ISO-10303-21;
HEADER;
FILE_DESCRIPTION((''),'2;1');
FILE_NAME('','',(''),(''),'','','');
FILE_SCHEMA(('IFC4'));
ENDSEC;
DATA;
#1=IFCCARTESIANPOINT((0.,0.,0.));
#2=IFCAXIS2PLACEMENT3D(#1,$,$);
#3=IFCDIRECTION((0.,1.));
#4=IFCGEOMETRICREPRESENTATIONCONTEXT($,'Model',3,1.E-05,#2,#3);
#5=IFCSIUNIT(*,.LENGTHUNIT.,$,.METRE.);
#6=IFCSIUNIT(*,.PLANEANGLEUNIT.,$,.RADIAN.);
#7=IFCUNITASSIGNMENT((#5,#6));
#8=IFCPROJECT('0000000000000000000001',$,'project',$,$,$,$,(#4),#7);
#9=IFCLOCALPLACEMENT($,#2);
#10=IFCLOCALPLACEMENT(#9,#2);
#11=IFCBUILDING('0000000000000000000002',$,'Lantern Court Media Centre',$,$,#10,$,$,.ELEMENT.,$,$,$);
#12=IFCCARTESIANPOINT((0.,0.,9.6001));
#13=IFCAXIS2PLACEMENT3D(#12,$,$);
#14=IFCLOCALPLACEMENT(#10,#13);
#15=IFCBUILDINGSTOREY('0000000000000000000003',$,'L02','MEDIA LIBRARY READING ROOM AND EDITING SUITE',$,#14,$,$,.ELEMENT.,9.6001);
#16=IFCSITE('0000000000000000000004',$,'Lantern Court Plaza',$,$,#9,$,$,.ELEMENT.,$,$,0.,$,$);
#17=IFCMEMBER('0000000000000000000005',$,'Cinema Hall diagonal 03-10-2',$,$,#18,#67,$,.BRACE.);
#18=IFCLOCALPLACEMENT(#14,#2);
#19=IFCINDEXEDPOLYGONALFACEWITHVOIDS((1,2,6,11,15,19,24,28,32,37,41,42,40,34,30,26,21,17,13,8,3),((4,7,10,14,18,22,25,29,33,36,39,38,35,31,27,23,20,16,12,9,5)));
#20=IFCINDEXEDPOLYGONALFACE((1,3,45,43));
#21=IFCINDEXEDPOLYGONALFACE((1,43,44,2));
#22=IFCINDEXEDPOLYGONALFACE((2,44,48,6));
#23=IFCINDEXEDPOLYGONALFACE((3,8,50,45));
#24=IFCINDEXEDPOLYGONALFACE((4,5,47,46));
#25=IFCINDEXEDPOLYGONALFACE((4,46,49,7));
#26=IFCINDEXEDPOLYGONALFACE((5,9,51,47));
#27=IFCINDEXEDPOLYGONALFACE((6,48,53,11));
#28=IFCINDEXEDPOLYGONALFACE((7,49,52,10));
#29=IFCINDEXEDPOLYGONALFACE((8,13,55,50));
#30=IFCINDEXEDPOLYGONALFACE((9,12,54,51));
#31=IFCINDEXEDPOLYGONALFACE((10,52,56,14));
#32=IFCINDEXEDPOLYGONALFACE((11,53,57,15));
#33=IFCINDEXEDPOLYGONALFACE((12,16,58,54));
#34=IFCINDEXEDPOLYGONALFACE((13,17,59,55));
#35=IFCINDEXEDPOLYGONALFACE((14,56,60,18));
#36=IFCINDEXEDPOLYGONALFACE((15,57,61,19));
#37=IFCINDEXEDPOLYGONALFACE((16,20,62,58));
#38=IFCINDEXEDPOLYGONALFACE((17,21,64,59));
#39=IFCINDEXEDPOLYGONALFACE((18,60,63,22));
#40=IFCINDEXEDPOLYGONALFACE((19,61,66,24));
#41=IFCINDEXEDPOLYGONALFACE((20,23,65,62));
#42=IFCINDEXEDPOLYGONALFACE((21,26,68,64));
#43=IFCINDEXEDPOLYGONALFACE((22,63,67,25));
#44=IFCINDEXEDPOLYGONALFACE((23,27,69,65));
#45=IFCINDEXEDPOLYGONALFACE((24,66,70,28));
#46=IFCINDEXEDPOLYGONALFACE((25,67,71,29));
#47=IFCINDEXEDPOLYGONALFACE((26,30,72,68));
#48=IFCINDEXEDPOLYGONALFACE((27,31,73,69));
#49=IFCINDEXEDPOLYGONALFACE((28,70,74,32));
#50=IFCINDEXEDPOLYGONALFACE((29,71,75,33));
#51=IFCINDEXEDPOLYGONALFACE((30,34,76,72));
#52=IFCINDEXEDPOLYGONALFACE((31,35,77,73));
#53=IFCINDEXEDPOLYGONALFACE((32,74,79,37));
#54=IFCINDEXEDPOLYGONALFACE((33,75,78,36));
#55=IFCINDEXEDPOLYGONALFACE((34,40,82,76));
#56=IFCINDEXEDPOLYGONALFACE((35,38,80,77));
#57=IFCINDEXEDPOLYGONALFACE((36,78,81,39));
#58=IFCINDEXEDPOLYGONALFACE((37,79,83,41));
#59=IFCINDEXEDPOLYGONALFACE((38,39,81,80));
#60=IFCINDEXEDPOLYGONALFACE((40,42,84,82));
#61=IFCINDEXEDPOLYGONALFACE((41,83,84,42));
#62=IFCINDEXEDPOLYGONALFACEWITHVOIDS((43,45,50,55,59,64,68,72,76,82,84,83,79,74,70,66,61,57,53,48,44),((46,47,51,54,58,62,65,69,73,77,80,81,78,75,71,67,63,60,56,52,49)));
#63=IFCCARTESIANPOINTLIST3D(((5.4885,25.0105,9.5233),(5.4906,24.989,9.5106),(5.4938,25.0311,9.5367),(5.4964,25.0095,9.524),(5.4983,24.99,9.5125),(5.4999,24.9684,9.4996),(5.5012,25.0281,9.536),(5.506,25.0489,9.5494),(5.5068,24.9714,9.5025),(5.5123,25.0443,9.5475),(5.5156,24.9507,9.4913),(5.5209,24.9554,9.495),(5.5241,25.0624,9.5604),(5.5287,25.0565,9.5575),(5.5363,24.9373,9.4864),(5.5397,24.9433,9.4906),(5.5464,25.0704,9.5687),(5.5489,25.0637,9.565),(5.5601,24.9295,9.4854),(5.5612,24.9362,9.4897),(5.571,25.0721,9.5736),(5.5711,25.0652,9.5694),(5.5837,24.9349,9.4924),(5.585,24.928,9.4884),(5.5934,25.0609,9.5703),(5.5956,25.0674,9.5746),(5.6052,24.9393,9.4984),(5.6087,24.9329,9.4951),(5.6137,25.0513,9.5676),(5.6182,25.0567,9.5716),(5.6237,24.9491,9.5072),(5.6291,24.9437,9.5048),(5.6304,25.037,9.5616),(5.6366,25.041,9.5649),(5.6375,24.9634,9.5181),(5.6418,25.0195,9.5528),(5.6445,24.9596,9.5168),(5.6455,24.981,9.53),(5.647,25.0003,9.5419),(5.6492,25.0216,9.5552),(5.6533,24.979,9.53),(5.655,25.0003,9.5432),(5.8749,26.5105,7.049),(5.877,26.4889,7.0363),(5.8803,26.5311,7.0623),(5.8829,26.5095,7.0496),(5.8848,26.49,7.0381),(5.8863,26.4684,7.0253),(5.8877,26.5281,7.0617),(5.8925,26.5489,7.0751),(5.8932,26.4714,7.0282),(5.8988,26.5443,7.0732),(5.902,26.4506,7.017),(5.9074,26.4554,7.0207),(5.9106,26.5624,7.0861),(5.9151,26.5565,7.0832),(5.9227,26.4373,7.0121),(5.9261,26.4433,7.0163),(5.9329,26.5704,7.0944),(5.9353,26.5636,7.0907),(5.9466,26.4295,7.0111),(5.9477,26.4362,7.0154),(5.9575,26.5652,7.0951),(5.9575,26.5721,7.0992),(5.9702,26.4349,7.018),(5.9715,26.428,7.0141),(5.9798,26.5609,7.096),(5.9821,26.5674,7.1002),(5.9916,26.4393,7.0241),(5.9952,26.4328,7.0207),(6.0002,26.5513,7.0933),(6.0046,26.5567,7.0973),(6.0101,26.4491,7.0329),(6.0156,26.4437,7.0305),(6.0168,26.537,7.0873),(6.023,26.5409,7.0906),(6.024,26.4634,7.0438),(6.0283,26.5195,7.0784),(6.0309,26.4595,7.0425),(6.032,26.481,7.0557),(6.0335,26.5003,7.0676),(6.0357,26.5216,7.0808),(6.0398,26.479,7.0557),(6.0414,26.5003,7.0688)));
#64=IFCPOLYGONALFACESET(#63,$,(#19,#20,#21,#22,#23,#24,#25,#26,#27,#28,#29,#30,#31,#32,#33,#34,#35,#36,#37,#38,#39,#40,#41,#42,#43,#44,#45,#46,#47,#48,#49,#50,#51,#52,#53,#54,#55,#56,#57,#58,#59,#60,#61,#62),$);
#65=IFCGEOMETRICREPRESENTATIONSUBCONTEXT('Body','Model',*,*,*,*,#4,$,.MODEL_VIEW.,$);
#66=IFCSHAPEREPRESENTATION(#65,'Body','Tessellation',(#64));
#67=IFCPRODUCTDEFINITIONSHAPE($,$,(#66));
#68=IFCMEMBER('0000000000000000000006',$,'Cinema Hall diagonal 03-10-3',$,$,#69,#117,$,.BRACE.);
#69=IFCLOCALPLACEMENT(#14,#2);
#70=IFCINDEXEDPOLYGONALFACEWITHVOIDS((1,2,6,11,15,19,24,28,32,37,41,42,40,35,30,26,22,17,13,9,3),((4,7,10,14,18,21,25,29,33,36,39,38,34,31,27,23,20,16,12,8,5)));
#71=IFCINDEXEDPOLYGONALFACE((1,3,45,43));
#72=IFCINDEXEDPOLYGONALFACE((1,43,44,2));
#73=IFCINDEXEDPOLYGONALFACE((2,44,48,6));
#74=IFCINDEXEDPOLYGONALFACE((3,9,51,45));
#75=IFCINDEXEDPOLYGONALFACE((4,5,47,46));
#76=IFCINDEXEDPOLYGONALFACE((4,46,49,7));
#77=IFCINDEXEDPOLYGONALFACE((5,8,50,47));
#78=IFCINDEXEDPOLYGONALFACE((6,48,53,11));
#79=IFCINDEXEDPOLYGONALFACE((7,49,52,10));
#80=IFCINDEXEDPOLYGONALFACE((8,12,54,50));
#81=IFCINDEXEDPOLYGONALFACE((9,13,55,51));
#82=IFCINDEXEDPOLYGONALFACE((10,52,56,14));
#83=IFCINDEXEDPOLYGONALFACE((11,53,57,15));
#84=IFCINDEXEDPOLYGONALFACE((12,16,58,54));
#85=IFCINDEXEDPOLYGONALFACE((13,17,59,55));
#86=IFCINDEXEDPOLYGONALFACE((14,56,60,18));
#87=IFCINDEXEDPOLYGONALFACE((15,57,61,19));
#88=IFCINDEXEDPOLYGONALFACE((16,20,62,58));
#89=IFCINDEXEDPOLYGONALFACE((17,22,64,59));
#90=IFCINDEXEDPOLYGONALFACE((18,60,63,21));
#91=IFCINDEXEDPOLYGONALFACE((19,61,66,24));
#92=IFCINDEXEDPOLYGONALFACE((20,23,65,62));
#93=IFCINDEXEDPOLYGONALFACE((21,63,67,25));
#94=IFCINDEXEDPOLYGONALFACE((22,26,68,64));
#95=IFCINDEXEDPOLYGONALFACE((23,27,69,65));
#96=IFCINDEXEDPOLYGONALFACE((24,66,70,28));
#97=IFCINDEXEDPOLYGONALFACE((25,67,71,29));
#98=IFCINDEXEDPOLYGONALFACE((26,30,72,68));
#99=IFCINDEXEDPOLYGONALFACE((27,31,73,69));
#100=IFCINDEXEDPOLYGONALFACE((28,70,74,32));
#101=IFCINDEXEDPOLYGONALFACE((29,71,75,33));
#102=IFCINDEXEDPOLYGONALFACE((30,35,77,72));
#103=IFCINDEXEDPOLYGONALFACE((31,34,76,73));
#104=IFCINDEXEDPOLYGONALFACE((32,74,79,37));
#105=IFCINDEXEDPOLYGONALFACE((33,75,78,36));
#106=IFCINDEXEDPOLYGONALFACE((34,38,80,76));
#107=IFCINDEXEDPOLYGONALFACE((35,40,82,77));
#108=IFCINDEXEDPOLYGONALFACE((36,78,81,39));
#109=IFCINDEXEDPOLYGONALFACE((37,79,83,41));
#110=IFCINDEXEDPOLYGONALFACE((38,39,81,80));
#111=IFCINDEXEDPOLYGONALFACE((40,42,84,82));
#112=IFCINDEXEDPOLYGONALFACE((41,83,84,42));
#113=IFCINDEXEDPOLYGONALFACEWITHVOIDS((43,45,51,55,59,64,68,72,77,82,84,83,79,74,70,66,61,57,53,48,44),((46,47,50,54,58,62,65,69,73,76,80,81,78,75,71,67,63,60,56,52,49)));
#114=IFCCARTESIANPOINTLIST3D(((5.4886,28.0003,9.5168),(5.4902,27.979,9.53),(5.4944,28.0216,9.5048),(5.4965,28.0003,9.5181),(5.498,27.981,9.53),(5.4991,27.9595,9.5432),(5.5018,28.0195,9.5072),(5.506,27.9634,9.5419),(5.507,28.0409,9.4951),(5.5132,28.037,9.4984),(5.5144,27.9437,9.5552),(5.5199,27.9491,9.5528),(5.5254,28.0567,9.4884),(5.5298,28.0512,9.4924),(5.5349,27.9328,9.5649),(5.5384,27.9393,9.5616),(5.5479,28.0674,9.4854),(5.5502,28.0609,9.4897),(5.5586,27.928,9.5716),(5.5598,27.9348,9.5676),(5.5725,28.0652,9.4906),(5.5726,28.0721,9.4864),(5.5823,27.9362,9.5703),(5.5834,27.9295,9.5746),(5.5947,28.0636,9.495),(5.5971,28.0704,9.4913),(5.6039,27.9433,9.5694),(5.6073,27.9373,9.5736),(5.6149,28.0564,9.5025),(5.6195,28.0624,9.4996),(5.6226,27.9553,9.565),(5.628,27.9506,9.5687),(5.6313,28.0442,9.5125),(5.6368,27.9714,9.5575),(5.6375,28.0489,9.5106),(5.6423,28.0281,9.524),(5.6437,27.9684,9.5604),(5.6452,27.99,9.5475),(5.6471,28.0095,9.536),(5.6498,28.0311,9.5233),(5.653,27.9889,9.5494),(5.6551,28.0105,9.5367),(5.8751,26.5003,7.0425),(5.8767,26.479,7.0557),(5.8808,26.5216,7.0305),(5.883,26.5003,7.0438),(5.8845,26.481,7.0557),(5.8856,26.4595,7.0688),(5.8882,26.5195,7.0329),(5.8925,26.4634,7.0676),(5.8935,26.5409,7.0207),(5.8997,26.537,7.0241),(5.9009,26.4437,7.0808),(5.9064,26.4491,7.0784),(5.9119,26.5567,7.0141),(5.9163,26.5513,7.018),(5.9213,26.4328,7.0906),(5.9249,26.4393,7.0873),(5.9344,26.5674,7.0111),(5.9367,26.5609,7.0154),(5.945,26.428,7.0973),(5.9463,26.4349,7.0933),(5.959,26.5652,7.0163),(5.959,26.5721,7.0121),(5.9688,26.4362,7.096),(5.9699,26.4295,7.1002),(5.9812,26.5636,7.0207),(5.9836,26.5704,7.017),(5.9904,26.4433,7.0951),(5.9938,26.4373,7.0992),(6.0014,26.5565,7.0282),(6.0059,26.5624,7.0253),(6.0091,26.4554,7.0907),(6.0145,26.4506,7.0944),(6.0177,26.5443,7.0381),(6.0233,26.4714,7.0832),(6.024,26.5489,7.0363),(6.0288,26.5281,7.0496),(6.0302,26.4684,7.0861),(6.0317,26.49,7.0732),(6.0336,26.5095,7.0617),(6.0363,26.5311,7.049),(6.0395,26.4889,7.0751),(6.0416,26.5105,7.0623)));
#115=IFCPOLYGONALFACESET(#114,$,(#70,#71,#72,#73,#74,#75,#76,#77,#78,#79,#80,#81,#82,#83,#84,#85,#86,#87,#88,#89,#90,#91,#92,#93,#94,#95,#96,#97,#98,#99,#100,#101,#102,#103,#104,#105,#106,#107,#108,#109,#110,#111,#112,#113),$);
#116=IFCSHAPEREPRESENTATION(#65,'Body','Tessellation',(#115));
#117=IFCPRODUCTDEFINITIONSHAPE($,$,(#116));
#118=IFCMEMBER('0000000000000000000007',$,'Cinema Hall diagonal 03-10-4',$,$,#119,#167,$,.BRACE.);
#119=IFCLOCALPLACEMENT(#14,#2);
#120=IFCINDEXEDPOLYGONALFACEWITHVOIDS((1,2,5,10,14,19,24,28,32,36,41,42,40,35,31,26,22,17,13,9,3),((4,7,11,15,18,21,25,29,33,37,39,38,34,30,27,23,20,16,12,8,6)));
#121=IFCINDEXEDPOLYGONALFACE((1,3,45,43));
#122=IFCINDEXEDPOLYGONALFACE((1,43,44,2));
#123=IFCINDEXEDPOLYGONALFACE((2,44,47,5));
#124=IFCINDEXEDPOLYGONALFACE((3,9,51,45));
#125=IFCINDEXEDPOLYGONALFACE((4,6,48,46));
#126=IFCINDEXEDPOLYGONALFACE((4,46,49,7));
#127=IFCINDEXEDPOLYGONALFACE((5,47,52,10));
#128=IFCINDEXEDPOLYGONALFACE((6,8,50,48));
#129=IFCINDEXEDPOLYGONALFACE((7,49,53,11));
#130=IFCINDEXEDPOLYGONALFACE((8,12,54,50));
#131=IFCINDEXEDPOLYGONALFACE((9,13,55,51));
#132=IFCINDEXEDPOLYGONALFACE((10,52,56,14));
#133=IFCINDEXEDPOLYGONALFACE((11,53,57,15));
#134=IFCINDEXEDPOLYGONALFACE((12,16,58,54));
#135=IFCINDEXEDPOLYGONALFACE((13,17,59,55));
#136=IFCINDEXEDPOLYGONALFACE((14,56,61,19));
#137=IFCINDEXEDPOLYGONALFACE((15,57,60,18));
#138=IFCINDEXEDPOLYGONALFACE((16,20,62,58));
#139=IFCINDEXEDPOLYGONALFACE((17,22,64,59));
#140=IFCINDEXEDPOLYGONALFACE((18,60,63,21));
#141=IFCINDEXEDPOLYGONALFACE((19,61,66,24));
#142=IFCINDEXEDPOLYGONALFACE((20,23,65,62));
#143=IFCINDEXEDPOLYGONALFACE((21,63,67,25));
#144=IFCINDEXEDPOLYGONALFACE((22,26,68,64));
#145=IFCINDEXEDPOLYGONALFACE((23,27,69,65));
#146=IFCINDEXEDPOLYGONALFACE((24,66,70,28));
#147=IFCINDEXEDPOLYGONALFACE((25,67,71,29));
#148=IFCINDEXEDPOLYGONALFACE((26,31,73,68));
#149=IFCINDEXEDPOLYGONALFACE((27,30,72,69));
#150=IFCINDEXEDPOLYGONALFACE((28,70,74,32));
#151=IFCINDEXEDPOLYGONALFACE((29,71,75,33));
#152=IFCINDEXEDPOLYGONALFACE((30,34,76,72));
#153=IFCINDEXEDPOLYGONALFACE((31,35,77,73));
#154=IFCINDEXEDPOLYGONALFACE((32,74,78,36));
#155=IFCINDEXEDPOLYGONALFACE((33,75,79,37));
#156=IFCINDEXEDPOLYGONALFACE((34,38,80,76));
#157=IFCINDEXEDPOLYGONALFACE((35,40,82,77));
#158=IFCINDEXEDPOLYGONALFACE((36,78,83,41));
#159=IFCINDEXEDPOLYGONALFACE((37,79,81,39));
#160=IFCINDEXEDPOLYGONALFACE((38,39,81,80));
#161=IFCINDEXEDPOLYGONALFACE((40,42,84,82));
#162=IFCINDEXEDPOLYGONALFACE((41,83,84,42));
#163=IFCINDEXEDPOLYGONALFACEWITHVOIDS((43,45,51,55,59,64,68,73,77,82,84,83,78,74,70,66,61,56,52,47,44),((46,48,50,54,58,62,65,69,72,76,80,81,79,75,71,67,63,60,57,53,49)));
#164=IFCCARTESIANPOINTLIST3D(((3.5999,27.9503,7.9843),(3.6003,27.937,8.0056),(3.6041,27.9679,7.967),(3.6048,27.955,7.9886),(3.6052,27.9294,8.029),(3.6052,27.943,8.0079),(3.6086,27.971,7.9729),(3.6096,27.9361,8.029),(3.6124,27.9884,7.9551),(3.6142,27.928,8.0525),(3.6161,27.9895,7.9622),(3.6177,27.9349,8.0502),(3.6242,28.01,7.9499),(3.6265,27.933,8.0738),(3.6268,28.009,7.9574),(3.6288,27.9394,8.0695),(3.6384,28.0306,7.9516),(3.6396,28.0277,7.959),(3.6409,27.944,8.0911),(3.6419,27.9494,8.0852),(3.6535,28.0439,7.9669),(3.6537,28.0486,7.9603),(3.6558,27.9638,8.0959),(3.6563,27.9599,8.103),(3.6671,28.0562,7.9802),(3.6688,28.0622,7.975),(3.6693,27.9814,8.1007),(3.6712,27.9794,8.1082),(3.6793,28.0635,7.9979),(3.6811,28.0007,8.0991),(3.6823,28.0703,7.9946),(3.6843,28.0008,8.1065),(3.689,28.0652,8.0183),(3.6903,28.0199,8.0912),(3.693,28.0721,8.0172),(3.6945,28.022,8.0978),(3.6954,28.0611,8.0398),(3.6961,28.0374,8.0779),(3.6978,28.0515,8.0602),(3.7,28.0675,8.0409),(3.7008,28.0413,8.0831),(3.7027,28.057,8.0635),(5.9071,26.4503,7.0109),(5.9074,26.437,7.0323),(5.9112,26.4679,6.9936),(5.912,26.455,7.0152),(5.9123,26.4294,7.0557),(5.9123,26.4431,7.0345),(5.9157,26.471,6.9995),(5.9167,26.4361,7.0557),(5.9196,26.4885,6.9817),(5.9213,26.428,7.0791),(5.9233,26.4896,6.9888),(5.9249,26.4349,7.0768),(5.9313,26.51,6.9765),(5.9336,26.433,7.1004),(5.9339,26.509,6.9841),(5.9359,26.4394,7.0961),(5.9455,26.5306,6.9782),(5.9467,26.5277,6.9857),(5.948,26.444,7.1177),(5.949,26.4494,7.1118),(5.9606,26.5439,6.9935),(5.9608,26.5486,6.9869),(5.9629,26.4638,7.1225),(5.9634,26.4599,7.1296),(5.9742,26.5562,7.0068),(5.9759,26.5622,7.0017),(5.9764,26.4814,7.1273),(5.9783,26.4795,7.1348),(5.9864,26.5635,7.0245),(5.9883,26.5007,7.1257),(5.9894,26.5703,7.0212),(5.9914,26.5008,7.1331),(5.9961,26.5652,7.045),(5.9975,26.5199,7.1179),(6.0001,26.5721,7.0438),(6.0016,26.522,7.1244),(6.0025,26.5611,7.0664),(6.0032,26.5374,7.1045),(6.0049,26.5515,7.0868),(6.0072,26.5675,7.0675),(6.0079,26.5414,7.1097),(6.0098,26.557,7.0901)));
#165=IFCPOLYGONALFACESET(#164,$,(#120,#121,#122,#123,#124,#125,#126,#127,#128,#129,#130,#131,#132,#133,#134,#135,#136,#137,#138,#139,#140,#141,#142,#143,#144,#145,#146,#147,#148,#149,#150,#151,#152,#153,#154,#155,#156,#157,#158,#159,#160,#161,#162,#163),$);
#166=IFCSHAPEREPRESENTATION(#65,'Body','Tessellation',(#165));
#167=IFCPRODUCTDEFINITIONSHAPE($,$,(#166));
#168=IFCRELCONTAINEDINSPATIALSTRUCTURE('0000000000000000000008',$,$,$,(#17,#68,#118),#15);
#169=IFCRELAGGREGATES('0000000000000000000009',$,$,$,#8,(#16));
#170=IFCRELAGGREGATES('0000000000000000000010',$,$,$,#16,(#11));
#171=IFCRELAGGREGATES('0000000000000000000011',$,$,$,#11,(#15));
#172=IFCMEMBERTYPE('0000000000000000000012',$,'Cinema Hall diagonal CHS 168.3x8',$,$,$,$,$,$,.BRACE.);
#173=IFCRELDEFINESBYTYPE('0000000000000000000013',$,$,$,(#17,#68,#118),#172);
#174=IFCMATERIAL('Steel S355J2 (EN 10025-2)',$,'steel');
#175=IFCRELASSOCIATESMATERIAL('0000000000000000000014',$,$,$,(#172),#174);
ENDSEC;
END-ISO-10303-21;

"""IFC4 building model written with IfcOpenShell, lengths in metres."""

from ifc_helpers import new_model, si_unit, direction, frame, origin, origin_2d, place, context, subcontext, project, spatial, hollow_circle, extrude, material, material_profile, profile_set, type_object, element, save


model = new_model("IFC4")

# Units and contexts
model_context = context("Model", 3, precision=1e-05, world=origin(), true_north=direction((0.0, 1.0)))
body_context = subcontext(model_context, "Body", "Model", "MODEL_VIEW")
ifc_project = project(units=[si_unit("LENGTHUNIT", "METRE"), si_unit("PLANEANGLEUNIT", "RADIAN")], contexts=[model_context])

# Site, building, storey
site_placement = place(None, origin())
site = spatial("IfcSite", under=ifc_project, at=site_placement, Name="Lantern Court Plaza", CompositionType="ELEMENT", RefElevation=0.0)
building_placement = place(site_placement, origin())
building = spatial("IfcBuilding", under=site, at=building_placement, Name="Lantern Court Media Centre", CompositionType="ELEMENT")
storey_placement = place(building_placement, frame((0.0, 0.0, 9.6001)))
storey = spatial("IfcBuildingStorey", under=building, at=storey_placement, Name="L02", Description="MEDIA LIBRARY READING ROOM AND EDITING SUITE", CompositionType="ELEMENT", Elevation=9.6001)

# Members
ifc_material = material(Name="Steel S355J2 (EN 10025-2)", Category="steel")
ifc_material_profile_1 = material_profile(ifc_material, hollow_circle(Radius=0.0842, WallThickness=0.0081, at=origin_2d()), Name="Cinema Hall diagonal CHS 168.3x8")
ifc_profile_set_1 = profile_set([ifc_material_profile_1], Name="Steel S355J2 (EN 10025-2)")
member_type_1 = type_object("IfcMemberType", Name="Cinema Hall diagonal CHS 168.3x8", PredefinedType="BRACE", material=ifc_profile_set_1)
for number, where, z_axis, x_axis, name in (
    (1, (5.9583, 26.5, 7.0557), (-0.13239, -0.513836, 0.847612), (0.968374, -0.249501, 0.0), "Cinema Hall diagonal 03-10-2"),
    (2, (5.9583, 26.5, 7.0557), (-0.13239, 0.513836, 0.847612), (-0.968374, -0.249501, 0.0), "Cinema Hall diagonal 03-10-3"),
):
    element("IfcMember", number, at=place(storey_placement, frame(where, z_axis=z_axis, x_axis=x_axis)), inside=storey, type_object=member_type_1, Name=name, PredefinedType="BRACE", context=body_context, shape_type="SweptSolid", body=[
        extrude(hollow_circle(Radius=0.0842, WallThickness=0.0081, at=origin_2d()), origin(), (0.0, 0.0, 1.0), 2.9192),
    ])
member_1_placement = place(storey_placement, frame((5.9583, 26.5, 7.0557), z_axis=(-0.790394, 0.513882, 0.333471), x_axis=(-0.545082, -0.838383, 0.0)))
element("IfcMember", 3, at=member_1_placement, inside=storey, type_object=member_type_1, Name="Cinema Hall diagonal 03-10-4", PredefinedType="BRACE", context=body_context, shape_type="SweptSolid", body=[
    extrude(hollow_circle(Radius=0.0842, WallThickness=0.0081, at=origin_2d()), origin(), (0.0, 0.0, 1.0), 2.9189),
])

save(model, "model.ifc")
